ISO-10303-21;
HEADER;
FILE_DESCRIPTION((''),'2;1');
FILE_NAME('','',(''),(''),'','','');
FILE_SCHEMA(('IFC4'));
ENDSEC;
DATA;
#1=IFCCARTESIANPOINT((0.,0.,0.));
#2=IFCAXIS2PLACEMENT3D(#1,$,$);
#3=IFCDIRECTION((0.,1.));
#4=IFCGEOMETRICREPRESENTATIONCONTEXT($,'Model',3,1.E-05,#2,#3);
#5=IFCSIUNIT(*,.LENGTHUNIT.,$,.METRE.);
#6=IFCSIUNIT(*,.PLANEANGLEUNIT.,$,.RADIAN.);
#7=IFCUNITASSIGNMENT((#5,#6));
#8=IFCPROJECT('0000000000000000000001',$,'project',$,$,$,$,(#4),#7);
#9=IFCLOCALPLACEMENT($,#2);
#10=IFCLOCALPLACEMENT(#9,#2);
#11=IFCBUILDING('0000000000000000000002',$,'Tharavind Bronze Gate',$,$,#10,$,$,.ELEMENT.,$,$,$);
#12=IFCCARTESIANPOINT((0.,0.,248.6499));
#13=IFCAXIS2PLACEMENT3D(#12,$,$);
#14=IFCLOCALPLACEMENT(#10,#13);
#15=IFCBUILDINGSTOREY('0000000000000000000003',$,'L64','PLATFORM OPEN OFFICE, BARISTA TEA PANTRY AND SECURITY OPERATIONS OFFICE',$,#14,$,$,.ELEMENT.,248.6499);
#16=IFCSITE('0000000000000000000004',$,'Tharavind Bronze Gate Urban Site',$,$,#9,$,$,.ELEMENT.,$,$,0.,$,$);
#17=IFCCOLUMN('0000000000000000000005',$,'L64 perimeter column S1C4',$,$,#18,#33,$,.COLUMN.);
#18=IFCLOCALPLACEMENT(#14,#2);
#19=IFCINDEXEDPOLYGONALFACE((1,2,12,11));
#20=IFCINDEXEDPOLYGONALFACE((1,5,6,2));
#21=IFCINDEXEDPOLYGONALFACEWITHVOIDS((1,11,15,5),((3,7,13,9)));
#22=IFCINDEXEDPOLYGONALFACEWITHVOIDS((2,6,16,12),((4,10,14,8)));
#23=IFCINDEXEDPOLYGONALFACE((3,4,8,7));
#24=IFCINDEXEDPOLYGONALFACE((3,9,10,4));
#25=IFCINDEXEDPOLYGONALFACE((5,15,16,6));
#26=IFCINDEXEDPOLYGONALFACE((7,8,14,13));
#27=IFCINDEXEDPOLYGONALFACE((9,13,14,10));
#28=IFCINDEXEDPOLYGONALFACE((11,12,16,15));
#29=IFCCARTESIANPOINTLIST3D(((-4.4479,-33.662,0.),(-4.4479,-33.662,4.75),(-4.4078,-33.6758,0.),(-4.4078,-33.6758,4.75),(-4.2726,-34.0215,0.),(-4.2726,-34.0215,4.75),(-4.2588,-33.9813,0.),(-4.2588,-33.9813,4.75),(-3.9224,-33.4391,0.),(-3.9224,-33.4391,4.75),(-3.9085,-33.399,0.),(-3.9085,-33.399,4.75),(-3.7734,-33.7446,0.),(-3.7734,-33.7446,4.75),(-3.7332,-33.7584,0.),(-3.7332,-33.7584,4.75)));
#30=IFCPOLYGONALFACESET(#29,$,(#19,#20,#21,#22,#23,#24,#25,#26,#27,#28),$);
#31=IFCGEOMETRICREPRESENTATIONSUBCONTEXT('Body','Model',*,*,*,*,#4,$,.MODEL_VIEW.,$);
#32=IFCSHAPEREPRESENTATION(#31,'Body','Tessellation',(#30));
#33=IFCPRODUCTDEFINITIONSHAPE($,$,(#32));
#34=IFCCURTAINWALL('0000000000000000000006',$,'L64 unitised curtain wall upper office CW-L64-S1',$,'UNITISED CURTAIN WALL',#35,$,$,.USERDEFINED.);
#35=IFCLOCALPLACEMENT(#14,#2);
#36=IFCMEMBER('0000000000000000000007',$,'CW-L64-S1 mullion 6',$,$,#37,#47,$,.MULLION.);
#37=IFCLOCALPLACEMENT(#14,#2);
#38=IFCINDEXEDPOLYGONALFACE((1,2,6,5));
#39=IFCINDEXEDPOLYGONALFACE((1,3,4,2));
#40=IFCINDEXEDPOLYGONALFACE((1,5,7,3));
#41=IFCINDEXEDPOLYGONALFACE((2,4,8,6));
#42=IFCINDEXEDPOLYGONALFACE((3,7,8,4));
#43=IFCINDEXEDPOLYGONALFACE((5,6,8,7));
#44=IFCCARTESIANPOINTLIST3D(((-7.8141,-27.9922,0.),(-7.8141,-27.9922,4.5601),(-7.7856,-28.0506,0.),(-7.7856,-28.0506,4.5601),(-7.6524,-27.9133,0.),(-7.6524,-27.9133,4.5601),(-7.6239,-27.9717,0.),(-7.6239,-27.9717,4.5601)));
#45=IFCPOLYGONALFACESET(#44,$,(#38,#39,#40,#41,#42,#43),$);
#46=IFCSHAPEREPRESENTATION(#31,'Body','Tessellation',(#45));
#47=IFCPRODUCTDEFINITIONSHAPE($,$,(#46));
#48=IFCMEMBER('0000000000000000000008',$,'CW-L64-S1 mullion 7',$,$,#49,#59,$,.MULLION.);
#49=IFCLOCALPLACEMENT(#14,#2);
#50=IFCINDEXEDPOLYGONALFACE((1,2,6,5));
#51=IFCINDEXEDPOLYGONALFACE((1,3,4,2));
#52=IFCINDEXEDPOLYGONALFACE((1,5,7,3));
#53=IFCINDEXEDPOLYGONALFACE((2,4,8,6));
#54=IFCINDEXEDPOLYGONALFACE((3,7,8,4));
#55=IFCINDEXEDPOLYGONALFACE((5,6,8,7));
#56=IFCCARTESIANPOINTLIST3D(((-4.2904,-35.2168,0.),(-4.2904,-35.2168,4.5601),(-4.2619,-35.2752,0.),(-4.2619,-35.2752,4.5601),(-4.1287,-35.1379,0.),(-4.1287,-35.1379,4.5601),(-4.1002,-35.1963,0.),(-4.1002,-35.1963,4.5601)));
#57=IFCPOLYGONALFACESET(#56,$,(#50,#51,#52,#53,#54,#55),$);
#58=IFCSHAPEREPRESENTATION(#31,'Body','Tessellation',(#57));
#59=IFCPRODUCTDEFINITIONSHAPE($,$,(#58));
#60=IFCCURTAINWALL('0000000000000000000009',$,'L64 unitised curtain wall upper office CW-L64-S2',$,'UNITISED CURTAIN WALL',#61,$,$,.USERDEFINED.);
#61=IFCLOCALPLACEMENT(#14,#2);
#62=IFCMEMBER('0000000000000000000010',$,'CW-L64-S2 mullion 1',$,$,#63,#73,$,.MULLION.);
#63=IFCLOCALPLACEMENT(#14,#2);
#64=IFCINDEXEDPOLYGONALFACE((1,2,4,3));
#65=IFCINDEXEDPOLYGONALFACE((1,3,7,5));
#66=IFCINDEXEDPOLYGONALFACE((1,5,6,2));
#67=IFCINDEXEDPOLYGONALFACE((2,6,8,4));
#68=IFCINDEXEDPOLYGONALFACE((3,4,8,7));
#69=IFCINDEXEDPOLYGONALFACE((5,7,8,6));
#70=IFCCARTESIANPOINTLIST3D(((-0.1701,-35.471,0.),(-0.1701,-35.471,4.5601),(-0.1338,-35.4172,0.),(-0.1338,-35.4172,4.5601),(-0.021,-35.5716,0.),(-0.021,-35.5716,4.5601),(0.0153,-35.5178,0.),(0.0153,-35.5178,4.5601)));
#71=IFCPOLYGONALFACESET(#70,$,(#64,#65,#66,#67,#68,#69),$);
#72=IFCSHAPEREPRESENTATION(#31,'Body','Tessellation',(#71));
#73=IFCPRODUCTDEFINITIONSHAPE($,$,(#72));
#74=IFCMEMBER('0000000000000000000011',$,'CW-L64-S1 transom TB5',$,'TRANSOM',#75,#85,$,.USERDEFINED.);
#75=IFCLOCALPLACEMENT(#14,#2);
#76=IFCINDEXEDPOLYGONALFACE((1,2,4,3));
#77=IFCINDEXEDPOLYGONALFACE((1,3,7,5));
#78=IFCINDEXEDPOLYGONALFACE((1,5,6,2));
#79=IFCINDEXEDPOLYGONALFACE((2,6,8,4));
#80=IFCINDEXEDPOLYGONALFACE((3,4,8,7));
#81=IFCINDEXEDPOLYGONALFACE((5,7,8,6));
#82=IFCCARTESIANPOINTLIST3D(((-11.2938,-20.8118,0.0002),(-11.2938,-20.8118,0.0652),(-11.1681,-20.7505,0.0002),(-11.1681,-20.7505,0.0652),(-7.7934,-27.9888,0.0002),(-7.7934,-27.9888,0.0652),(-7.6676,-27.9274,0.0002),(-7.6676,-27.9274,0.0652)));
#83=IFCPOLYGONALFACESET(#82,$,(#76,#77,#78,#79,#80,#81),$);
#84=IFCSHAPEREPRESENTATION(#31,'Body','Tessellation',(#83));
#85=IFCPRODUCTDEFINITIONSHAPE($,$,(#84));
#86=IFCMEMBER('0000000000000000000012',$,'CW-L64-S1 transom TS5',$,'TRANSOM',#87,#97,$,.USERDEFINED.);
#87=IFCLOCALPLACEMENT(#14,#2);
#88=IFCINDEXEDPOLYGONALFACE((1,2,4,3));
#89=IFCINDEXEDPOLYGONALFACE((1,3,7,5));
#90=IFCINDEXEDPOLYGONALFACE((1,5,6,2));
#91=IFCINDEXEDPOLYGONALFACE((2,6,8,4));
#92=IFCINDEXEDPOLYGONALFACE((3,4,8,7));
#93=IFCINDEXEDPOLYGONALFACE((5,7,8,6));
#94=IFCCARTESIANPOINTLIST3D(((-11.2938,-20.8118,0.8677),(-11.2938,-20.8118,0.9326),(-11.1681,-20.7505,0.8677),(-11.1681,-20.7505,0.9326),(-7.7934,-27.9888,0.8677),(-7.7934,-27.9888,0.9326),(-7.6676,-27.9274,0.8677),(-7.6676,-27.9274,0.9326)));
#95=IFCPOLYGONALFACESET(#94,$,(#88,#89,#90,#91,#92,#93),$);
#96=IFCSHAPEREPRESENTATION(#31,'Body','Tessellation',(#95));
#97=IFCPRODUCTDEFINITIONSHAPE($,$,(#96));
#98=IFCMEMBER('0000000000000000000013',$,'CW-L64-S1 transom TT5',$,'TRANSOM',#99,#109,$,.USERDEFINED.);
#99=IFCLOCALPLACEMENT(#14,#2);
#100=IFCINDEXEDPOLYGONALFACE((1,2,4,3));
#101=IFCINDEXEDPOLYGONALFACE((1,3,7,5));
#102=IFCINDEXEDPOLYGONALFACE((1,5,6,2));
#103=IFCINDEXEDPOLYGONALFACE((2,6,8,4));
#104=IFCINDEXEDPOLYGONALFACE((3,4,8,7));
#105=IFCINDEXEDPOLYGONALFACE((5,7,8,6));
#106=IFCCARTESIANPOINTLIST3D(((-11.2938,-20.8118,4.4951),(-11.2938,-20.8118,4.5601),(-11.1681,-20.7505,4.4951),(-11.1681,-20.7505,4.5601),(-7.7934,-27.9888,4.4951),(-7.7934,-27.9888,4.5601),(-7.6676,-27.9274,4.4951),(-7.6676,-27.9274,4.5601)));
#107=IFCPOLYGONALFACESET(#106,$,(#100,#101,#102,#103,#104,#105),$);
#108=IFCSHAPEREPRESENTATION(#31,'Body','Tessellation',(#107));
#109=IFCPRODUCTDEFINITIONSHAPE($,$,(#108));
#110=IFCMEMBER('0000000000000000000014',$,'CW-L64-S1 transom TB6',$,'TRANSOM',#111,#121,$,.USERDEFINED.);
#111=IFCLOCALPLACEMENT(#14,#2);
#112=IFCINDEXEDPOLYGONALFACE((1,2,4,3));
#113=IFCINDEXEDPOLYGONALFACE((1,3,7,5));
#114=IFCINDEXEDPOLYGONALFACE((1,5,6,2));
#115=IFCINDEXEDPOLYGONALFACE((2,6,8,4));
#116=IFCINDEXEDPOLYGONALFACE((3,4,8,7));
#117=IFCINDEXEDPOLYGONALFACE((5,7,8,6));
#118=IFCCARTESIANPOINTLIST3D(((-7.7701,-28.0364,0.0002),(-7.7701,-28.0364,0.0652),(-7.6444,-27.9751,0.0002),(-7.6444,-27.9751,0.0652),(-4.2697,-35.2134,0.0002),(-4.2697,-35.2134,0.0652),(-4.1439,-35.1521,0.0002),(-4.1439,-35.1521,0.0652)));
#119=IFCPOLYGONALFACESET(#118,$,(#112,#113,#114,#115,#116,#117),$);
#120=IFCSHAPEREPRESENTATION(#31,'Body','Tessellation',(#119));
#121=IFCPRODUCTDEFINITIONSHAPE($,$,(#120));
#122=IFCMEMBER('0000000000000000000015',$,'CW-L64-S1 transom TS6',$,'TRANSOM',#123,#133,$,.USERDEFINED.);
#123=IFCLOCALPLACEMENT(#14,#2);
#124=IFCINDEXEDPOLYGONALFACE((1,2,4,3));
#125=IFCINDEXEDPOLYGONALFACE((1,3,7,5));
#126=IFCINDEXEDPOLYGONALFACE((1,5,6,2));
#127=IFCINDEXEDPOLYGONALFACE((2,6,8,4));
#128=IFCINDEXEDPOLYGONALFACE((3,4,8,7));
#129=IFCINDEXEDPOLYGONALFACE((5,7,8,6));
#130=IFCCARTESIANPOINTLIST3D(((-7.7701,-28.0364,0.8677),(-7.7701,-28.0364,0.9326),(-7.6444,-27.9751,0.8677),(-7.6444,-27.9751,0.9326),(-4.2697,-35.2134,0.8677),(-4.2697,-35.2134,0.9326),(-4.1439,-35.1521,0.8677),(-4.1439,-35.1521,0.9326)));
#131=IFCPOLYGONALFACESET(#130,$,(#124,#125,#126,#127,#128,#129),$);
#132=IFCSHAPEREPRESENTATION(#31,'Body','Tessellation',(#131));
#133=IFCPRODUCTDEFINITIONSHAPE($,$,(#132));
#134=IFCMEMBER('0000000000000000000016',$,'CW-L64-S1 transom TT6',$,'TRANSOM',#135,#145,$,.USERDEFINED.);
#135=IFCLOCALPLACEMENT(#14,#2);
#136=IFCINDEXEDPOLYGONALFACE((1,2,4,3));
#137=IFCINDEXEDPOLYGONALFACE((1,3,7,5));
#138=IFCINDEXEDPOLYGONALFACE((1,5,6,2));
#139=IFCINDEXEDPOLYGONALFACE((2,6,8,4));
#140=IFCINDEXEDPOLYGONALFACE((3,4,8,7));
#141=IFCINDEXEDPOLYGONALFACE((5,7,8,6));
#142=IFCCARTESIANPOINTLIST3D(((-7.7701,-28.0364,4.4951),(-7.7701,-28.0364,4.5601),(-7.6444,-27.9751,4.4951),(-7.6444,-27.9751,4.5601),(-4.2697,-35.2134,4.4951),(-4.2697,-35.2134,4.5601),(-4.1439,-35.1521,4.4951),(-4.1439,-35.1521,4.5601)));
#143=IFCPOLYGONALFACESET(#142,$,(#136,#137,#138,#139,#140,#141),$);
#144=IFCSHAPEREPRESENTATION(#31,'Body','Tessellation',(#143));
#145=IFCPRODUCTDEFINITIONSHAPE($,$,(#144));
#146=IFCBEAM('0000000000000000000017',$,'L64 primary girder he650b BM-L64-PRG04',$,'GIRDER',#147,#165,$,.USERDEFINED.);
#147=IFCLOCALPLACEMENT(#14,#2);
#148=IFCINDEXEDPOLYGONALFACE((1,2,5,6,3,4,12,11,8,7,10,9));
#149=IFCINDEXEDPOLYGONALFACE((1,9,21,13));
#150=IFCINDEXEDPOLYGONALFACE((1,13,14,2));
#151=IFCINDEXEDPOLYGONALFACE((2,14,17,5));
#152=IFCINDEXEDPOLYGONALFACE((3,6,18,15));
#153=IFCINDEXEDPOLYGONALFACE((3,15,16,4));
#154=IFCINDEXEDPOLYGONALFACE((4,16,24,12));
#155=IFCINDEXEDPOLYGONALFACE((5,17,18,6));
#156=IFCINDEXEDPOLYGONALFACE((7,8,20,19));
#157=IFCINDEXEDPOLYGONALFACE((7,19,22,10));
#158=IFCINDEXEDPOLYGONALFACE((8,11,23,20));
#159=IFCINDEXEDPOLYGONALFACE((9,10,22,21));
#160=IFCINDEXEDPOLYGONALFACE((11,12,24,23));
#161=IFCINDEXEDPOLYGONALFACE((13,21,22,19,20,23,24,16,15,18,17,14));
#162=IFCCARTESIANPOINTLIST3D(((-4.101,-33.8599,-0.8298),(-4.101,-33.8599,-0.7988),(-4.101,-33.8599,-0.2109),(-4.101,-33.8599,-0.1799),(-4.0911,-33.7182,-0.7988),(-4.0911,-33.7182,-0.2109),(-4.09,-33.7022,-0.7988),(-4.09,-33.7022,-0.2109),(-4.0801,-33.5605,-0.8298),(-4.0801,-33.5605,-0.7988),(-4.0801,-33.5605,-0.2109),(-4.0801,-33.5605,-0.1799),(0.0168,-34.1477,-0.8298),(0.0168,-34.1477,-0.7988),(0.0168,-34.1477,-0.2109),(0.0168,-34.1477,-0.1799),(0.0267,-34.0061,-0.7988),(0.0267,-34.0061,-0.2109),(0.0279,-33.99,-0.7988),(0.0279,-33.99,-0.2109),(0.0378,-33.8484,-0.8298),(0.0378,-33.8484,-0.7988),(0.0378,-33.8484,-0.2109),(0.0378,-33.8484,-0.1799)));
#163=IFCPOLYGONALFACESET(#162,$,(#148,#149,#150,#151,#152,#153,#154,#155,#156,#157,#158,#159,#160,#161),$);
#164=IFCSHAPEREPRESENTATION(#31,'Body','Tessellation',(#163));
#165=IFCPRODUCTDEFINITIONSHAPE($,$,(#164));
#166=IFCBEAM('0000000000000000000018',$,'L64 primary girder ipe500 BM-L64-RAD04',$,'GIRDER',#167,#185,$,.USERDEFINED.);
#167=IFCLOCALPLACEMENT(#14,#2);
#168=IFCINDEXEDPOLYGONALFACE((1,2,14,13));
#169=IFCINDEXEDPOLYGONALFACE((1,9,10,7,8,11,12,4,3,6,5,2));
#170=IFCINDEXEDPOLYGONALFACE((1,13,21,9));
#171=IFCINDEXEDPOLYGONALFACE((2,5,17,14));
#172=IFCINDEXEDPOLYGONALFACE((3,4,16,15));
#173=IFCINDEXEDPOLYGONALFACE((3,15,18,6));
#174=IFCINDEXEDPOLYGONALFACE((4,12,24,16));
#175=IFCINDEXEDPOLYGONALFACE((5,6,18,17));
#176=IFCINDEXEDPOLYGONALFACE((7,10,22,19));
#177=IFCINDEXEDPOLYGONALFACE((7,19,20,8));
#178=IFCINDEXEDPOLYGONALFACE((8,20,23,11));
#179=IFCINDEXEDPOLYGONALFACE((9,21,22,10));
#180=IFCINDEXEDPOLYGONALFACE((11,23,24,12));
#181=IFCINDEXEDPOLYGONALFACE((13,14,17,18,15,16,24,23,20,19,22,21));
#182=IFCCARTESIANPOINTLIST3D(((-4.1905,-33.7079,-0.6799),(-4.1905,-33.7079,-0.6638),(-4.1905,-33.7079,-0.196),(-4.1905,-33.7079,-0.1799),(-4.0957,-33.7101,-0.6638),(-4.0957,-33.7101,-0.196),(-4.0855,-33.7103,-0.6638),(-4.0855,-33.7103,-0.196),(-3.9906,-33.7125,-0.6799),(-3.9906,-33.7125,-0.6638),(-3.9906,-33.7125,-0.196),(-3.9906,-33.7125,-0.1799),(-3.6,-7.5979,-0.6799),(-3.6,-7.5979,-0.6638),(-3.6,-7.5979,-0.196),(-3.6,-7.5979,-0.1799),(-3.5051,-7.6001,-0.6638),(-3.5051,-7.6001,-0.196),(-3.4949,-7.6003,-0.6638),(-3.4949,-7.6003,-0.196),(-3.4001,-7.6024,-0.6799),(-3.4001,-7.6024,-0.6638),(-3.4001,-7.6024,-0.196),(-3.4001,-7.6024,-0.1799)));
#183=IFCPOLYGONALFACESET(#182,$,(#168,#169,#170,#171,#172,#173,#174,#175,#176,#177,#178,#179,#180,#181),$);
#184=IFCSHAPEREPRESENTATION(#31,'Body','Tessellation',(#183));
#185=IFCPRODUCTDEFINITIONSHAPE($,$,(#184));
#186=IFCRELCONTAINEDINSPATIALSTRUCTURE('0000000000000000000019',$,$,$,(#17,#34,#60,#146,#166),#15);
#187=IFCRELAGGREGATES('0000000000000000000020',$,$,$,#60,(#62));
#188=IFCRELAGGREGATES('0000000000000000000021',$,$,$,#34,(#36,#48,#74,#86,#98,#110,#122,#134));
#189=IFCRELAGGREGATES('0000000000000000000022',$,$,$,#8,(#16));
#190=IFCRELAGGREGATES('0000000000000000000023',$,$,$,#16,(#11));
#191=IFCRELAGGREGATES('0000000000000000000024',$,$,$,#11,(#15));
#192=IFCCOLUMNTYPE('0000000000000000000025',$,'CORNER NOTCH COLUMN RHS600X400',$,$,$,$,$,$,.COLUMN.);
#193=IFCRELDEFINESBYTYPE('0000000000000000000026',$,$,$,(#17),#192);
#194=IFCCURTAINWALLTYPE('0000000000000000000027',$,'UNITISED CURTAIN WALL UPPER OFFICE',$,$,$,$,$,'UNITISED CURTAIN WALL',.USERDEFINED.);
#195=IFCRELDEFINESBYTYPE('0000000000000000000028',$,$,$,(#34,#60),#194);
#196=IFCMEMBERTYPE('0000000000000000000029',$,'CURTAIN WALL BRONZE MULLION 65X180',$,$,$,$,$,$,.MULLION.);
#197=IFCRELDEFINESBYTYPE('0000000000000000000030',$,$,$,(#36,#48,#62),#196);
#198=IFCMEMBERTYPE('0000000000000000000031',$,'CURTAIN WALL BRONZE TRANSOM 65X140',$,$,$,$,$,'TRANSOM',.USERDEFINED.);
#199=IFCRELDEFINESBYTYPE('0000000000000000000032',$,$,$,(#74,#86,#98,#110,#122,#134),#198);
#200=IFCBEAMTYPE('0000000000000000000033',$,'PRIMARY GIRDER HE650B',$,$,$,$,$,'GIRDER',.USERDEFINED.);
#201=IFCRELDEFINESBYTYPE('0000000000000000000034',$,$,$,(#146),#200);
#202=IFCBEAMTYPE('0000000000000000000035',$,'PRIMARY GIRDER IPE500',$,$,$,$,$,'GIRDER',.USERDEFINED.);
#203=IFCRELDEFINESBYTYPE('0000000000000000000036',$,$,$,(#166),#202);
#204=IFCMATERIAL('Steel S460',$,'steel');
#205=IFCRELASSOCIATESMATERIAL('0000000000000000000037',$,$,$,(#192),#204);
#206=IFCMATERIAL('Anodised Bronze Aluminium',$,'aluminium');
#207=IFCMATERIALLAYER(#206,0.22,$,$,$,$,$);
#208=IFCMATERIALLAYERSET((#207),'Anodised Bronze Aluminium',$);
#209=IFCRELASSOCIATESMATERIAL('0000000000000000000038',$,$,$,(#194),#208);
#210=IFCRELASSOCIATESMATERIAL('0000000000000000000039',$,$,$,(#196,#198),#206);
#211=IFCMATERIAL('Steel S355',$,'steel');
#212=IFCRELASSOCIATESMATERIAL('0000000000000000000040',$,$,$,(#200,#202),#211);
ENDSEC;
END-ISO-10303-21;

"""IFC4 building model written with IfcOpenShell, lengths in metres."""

from ifc_helpers import new_model, si_unit, direction, frame, origin, origin_2d, place, context, subcontext, project, spatial, rectangle, hollow_rectangle, i_section, extrude, material, layer, layer_set, material_profile, profile_set, type_object, element, aggregate, save


model = new_model("IFC4")

# Units and contexts
model_context = context("Model", 3, precision=1e-05, world=origin(), true_north=direction((0.0, 1.0)))
body_context = subcontext(model_context, "Body", "Model", "MODEL_VIEW")
ifc_project = project(units=[si_unit("LENGTHUNIT", "METRE"), si_unit("PLANEANGLEUNIT", "RADIAN")], contexts=[model_context])

# Site, building, storey
site_placement = place(None, origin())
site = spatial("IfcSite", under=ifc_project, at=site_placement, Name="Tharavind Bronze Gate Urban Site", CompositionType="ELEMENT", RefElevation=0.0)
building_placement = place(site_placement, origin())
building = spatial("IfcBuilding", under=site, at=building_placement, Name="Tharavind Bronze Gate", CompositionType="ELEMENT")
storey_placement = place(building_placement, frame((0.0, 0.0, 248.6499)))
storey = spatial("IfcBuildingStorey", under=building, at=storey_placement, Name="L64", Description="PLATFORM OPEN OFFICE, BARISTA TEA PANTRY AND SECURITY OPERATIONS OFFICE", CompositionType="ELEMENT", Elevation=248.6499)

# Column
ifc_material_1 = material(Name="Steel S460", Category="steel")
ifc_material_profile_1 = material_profile(ifc_material_1, hollow_rectangle(XDim=0.3999, YDim=0.6001, WallThickness=0.03, at=origin_2d()), Name="RHS600X400X30")
ifc_profile_set_1 = profile_set([ifc_material_profile_1], Name="Steel S460")
column_type = type_object("IfcColumnType", Name="CORNER NOTCH COLUMN RHS600X400", PredefinedType="COLUMN", material=ifc_profile_set_1)
column_placement = place(storey_placement, frame((-4.0906, -33.7102, 0.0), z_axis=(0.0, 0.0, 1.0), x_axis=(-0.438371, 0.898794, 0.0)))
element("IfcColumn", 1, at=column_placement, inside=storey, type_object=column_type, Name="L64 perimeter column S1C4", PredefinedType="COLUMN", context=body_context, shape_type="SweptSolid", body=[
    extrude(hollow_rectangle(XDim=0.3999, YDim=0.6001, WallThickness=0.03, at=origin_2d()), origin(), (0.0, 0.0, 1.0), 4.75),
])

# Curtain wall, members
ifc_material_2 = material(Name="Anodised Bronze Aluminium", Category="aluminium")
ifc_layer_1 = layer(ifc_material_2, 0.22)
ifc_layer_set_1 = layer_set([ifc_layer_1], Name="Anodised Bronze Aluminium")
curtain_wall_type = type_object("IfcCurtainWallType", Name="UNITISED CURTAIN WALL UPPER OFFICE", ElementType="UNITISED CURTAIN WALL", PredefinedType="USERDEFINED", material=ifc_layer_set_1)
curtain_wall_1_placement = place(storey_placement, origin())
curtain_wall_1 = element("IfcCurtainWall", 2, at=curtain_wall_1_placement, inside=storey, type_object=curtain_wall_type, Name="L64 unitised curtain wall upper office CW-L64-S1", ObjectType="UNITISED CURTAIN WALL", PredefinedType="USERDEFINED")
member_type_1 = type_object("IfcMemberType", Name="CURTAIN WALL BRONZE MULLION 65X180", PredefinedType="MULLION", material=ifc_material_2)
member_1_placement = place(storey_placement, frame((-7.719, -27.9819, 0.0), z_axis=(0.0, 0.0, 1.0), x_axis=(0.438371, -0.898794, 0.0)))
member_1 = element("IfcMember", 3, at=member_1_placement, type_object=member_type_1, Name="CW-L64-S1 mullion 6", PredefinedType="MULLION", context=body_context, shape_type="SweptSolid", body=[
    extrude(rectangle(XDim=0.0649, YDim=0.1799, at=origin_2d()), origin(), (0.0, 0.0, 1.0), 4.5601),
])
member_2_placement = place(storey_placement, frame((-4.1953, -35.2065, 0.0), z_axis=(0.0, 0.0, 1.0), x_axis=(0.438371, -0.898794, 0.0)))
member_2 = element("IfcMember", 4, at=member_2_placement, type_object=member_type_1, Name="CW-L64-S1 mullion 7", PredefinedType="MULLION", context=body_context, shape_type="SweptSolid", body=[
    extrude(rectangle(XDim=0.0649, YDim=0.1799, at=origin_2d()), origin(), (0.0, 0.0, 1.0), 4.5601),
])

# Curtain wall, member
curtain_wall_2_placement = place(storey_placement, origin())
curtain_wall_2 = element("IfcCurtainWall", 5, at=curtain_wall_2_placement, inside=storey, type_object=curtain_wall_type, Name="L64 unitised curtain wall upper office CW-L64-S2", ObjectType="UNITISED CURTAIN WALL", PredefinedType="USERDEFINED")
member_3_placement = place(storey_placement, frame((-0.0774, -35.4944, 0.0), z_axis=(0.0, 0.0, 1.0), x_axis=(0.559193, 0.829038, 0.0)))
member_3 = element("IfcMember", 6, at=member_3_placement, type_object=member_type_1, Name="CW-L64-S2 mullion 1", PredefinedType="MULLION", context=body_context, shape_type="SweptSolid", body=[
    extrude(rectangle(XDim=0.0649, YDim=0.1799, at=origin_2d()), origin(), (0.0, 0.0, 1.0), 4.5601),
])
aggregate(curtain_wall_2, [member_3])

# Members
member_type_2 = type_object("IfcMemberType", Name="CURTAIN WALL BRONZE TRANSOM 65X140", ElementType="TRANSOM", PredefinedType="USERDEFINED", material=ifc_material_2)
member_4_placement = place(storey_placement, frame((-9.4807, -24.3696, 0.0002), z_axis=(0.0, 0.0, 1.0), x_axis=(0.438371, -0.898794, 0.0)))
member_4 = element("IfcMember", 7, at=member_4_placement, type_object=member_type_2, Name="CW-L64-S1 transom TB5", ObjectType="TRANSOM", PredefinedType="USERDEFINED", context=body_context, shape_type="SweptSolid", body=[
    extrude(rectangle(XDim=7.9851, YDim=0.1399, at=origin_2d()), origin(), (0.0, 0.0, 1.0), 0.0649),
])
member_5_placement = place(storey_placement, frame((-9.4807, -24.3696, 0.8677), z_axis=(0.0, 0.0, 1.0), x_axis=(0.438371, -0.898794, 0.0)))
member_5 = element("IfcMember", 8, at=member_5_placement, type_object=member_type_2, Name="CW-L64-S1 transom TS5", ObjectType="TRANSOM", PredefinedType="USERDEFINED", context=body_context, shape_type="SweptSolid", body=[
    extrude(rectangle(XDim=7.9851, YDim=0.1399, at=origin_2d()), origin(), (0.0, 0.0, 1.0), 0.0649),
])
member_6_placement = place(storey_placement, frame((-9.4807, -24.3696, 4.4951), z_axis=(0.0, 0.0, 1.0), x_axis=(0.438371, -0.898794, 0.0)))
member_6 = element("IfcMember", 9, at=member_6_placement, type_object=member_type_2, Name="CW-L64-S1 transom TT5", ObjectType="TRANSOM", PredefinedType="USERDEFINED", context=body_context, shape_type="SweptSolid", body=[
    extrude(rectangle(XDim=7.9851, YDim=0.1399, at=origin_2d()), origin(), (0.0, 0.0, 1.0), 0.0649),
])
member_7_placement = place(storey_placement, frame((-5.957, -31.5942, 0.0002), z_axis=(0.0, 0.0, 1.0), x_axis=(0.438371, -0.898794, 0.0)))
member_7 = element("IfcMember", 10, at=member_7_placement, type_object=member_type_2, Name="CW-L64-S1 transom TB6", ObjectType="TRANSOM", PredefinedType="USERDEFINED", context=body_context, shape_type="SweptSolid", body=[
    extrude(rectangle(XDim=7.9851, YDim=0.1399, at=origin_2d()), origin(), (0.0, 0.0, 1.0), 0.0649),
])
member_8_placement = place(storey_placement, frame((-5.957, -31.5942, 0.8677), z_axis=(0.0, 0.0, 1.0), x_axis=(0.438371, -0.898794, 0.0)))
member_8 = element("IfcMember", 11, at=member_8_placement, type_object=member_type_2, Name="CW-L64-S1 transom TS6", ObjectType="TRANSOM", PredefinedType="USERDEFINED", context=body_context, shape_type="SweptSolid", body=[
    extrude(rectangle(XDim=7.9851, YDim=0.1399, at=origin_2d()), origin(), (0.0, 0.0, 1.0), 0.0649),
])
member_9_placement = place(storey_placement, frame((-5.957, -31.5942, 4.4951), z_axis=(0.0, 0.0, 1.0), x_axis=(0.438371, -0.898794, 0.0)))
member_9 = element("IfcMember", 12, at=member_9_placement, type_object=member_type_2, Name="CW-L64-S1 transom TT6", ObjectType="TRANSOM", PredefinedType="USERDEFINED", context=body_context, shape_type="SweptSolid", body=[
    extrude(rectangle(XDim=7.9851, YDim=0.1399, at=origin_2d()), origin(), (0.0, 0.0, 1.0), 0.0649),
])

# Beams
ifc_material_3 = material(Name="Steel S355", Category="steel")
ifc_material_profile_2 = material_profile(ifc_material_3, i_section(OverallWidth=0.3, OverallDepth=0.6499, WebThickness=0.0161, FlangeThickness=0.031, at=origin_2d()), Name="HE650B")
ifc_profile_set_2 = profile_set([ifc_material_profile_2], Name="Steel S355")
beam_type_1 = type_object("IfcBeamType", Name="PRIMARY GIRDER HE650B", ElementType="GIRDER", PredefinedType="USERDEFINED", material=ifc_profile_set_2)
beam_1_placement = place(storey_placement, frame((-4.0906, -33.7102, -0.5049), z_axis=(0.997566, -0.06973, 0.0), x_axis=(0.06973, 0.997566, 0.0)))
element("IfcBeam", 13, at=beam_1_placement, inside=storey, type_object=beam_type_1, Name="L64 primary girder he650b BM-L64-PRG04", ObjectType="GIRDER", PredefinedType="USERDEFINED", context=body_context, shape_type="SweptSolid", body=[
    extrude(i_section(OverallWidth=0.3, OverallDepth=0.6499, WebThickness=0.0161, FlangeThickness=0.031, at=origin_2d()), origin(), (0.0, 0.0, 1.0), 4.1279),
])
ifc_material_profile_3 = material_profile(ifc_material_3, i_section(OverallWidth=0.2, OverallDepth=0.5, WebThickness=0.0103, FlangeThickness=0.0161, at=origin_2d()), Name="IPE500")
ifc_profile_set_3 = profile_set([ifc_material_profile_3], Name="Steel S355")
beam_type_2 = type_object("IfcBeamType", Name="PRIMARY GIRDER IPE500", ElementType="GIRDER", PredefinedType="USERDEFINED", material=ifc_profile_set_3)
beam_2_placement = place(storey_placement, frame((-4.0906, -33.7102, -0.4299), z_axis=(0.022613, 0.999744, 0.0), x_axis=(-0.999744, 0.022613, 0.0)))
element("IfcBeam", 14, at=beam_2_placement, inside=storey, type_object=beam_type_2, Name="L64 primary girder ipe500 BM-L64-RAD04", ObjectType="GIRDER", PredefinedType="USERDEFINED", context=body_context, shape_type="SweptSolid", body=[
    extrude(i_section(OverallWidth=0.2, OverallDepth=0.5, WebThickness=0.0103, FlangeThickness=0.0161, at=origin_2d()), origin(), (0.0, 0.0, 1.0), 26.1167),
])

aggregate(curtain_wall_1, [member_1, member_2, member_4, member_5, member_6, member_7, member_8, member_9])

save(model, "model.ifc")
